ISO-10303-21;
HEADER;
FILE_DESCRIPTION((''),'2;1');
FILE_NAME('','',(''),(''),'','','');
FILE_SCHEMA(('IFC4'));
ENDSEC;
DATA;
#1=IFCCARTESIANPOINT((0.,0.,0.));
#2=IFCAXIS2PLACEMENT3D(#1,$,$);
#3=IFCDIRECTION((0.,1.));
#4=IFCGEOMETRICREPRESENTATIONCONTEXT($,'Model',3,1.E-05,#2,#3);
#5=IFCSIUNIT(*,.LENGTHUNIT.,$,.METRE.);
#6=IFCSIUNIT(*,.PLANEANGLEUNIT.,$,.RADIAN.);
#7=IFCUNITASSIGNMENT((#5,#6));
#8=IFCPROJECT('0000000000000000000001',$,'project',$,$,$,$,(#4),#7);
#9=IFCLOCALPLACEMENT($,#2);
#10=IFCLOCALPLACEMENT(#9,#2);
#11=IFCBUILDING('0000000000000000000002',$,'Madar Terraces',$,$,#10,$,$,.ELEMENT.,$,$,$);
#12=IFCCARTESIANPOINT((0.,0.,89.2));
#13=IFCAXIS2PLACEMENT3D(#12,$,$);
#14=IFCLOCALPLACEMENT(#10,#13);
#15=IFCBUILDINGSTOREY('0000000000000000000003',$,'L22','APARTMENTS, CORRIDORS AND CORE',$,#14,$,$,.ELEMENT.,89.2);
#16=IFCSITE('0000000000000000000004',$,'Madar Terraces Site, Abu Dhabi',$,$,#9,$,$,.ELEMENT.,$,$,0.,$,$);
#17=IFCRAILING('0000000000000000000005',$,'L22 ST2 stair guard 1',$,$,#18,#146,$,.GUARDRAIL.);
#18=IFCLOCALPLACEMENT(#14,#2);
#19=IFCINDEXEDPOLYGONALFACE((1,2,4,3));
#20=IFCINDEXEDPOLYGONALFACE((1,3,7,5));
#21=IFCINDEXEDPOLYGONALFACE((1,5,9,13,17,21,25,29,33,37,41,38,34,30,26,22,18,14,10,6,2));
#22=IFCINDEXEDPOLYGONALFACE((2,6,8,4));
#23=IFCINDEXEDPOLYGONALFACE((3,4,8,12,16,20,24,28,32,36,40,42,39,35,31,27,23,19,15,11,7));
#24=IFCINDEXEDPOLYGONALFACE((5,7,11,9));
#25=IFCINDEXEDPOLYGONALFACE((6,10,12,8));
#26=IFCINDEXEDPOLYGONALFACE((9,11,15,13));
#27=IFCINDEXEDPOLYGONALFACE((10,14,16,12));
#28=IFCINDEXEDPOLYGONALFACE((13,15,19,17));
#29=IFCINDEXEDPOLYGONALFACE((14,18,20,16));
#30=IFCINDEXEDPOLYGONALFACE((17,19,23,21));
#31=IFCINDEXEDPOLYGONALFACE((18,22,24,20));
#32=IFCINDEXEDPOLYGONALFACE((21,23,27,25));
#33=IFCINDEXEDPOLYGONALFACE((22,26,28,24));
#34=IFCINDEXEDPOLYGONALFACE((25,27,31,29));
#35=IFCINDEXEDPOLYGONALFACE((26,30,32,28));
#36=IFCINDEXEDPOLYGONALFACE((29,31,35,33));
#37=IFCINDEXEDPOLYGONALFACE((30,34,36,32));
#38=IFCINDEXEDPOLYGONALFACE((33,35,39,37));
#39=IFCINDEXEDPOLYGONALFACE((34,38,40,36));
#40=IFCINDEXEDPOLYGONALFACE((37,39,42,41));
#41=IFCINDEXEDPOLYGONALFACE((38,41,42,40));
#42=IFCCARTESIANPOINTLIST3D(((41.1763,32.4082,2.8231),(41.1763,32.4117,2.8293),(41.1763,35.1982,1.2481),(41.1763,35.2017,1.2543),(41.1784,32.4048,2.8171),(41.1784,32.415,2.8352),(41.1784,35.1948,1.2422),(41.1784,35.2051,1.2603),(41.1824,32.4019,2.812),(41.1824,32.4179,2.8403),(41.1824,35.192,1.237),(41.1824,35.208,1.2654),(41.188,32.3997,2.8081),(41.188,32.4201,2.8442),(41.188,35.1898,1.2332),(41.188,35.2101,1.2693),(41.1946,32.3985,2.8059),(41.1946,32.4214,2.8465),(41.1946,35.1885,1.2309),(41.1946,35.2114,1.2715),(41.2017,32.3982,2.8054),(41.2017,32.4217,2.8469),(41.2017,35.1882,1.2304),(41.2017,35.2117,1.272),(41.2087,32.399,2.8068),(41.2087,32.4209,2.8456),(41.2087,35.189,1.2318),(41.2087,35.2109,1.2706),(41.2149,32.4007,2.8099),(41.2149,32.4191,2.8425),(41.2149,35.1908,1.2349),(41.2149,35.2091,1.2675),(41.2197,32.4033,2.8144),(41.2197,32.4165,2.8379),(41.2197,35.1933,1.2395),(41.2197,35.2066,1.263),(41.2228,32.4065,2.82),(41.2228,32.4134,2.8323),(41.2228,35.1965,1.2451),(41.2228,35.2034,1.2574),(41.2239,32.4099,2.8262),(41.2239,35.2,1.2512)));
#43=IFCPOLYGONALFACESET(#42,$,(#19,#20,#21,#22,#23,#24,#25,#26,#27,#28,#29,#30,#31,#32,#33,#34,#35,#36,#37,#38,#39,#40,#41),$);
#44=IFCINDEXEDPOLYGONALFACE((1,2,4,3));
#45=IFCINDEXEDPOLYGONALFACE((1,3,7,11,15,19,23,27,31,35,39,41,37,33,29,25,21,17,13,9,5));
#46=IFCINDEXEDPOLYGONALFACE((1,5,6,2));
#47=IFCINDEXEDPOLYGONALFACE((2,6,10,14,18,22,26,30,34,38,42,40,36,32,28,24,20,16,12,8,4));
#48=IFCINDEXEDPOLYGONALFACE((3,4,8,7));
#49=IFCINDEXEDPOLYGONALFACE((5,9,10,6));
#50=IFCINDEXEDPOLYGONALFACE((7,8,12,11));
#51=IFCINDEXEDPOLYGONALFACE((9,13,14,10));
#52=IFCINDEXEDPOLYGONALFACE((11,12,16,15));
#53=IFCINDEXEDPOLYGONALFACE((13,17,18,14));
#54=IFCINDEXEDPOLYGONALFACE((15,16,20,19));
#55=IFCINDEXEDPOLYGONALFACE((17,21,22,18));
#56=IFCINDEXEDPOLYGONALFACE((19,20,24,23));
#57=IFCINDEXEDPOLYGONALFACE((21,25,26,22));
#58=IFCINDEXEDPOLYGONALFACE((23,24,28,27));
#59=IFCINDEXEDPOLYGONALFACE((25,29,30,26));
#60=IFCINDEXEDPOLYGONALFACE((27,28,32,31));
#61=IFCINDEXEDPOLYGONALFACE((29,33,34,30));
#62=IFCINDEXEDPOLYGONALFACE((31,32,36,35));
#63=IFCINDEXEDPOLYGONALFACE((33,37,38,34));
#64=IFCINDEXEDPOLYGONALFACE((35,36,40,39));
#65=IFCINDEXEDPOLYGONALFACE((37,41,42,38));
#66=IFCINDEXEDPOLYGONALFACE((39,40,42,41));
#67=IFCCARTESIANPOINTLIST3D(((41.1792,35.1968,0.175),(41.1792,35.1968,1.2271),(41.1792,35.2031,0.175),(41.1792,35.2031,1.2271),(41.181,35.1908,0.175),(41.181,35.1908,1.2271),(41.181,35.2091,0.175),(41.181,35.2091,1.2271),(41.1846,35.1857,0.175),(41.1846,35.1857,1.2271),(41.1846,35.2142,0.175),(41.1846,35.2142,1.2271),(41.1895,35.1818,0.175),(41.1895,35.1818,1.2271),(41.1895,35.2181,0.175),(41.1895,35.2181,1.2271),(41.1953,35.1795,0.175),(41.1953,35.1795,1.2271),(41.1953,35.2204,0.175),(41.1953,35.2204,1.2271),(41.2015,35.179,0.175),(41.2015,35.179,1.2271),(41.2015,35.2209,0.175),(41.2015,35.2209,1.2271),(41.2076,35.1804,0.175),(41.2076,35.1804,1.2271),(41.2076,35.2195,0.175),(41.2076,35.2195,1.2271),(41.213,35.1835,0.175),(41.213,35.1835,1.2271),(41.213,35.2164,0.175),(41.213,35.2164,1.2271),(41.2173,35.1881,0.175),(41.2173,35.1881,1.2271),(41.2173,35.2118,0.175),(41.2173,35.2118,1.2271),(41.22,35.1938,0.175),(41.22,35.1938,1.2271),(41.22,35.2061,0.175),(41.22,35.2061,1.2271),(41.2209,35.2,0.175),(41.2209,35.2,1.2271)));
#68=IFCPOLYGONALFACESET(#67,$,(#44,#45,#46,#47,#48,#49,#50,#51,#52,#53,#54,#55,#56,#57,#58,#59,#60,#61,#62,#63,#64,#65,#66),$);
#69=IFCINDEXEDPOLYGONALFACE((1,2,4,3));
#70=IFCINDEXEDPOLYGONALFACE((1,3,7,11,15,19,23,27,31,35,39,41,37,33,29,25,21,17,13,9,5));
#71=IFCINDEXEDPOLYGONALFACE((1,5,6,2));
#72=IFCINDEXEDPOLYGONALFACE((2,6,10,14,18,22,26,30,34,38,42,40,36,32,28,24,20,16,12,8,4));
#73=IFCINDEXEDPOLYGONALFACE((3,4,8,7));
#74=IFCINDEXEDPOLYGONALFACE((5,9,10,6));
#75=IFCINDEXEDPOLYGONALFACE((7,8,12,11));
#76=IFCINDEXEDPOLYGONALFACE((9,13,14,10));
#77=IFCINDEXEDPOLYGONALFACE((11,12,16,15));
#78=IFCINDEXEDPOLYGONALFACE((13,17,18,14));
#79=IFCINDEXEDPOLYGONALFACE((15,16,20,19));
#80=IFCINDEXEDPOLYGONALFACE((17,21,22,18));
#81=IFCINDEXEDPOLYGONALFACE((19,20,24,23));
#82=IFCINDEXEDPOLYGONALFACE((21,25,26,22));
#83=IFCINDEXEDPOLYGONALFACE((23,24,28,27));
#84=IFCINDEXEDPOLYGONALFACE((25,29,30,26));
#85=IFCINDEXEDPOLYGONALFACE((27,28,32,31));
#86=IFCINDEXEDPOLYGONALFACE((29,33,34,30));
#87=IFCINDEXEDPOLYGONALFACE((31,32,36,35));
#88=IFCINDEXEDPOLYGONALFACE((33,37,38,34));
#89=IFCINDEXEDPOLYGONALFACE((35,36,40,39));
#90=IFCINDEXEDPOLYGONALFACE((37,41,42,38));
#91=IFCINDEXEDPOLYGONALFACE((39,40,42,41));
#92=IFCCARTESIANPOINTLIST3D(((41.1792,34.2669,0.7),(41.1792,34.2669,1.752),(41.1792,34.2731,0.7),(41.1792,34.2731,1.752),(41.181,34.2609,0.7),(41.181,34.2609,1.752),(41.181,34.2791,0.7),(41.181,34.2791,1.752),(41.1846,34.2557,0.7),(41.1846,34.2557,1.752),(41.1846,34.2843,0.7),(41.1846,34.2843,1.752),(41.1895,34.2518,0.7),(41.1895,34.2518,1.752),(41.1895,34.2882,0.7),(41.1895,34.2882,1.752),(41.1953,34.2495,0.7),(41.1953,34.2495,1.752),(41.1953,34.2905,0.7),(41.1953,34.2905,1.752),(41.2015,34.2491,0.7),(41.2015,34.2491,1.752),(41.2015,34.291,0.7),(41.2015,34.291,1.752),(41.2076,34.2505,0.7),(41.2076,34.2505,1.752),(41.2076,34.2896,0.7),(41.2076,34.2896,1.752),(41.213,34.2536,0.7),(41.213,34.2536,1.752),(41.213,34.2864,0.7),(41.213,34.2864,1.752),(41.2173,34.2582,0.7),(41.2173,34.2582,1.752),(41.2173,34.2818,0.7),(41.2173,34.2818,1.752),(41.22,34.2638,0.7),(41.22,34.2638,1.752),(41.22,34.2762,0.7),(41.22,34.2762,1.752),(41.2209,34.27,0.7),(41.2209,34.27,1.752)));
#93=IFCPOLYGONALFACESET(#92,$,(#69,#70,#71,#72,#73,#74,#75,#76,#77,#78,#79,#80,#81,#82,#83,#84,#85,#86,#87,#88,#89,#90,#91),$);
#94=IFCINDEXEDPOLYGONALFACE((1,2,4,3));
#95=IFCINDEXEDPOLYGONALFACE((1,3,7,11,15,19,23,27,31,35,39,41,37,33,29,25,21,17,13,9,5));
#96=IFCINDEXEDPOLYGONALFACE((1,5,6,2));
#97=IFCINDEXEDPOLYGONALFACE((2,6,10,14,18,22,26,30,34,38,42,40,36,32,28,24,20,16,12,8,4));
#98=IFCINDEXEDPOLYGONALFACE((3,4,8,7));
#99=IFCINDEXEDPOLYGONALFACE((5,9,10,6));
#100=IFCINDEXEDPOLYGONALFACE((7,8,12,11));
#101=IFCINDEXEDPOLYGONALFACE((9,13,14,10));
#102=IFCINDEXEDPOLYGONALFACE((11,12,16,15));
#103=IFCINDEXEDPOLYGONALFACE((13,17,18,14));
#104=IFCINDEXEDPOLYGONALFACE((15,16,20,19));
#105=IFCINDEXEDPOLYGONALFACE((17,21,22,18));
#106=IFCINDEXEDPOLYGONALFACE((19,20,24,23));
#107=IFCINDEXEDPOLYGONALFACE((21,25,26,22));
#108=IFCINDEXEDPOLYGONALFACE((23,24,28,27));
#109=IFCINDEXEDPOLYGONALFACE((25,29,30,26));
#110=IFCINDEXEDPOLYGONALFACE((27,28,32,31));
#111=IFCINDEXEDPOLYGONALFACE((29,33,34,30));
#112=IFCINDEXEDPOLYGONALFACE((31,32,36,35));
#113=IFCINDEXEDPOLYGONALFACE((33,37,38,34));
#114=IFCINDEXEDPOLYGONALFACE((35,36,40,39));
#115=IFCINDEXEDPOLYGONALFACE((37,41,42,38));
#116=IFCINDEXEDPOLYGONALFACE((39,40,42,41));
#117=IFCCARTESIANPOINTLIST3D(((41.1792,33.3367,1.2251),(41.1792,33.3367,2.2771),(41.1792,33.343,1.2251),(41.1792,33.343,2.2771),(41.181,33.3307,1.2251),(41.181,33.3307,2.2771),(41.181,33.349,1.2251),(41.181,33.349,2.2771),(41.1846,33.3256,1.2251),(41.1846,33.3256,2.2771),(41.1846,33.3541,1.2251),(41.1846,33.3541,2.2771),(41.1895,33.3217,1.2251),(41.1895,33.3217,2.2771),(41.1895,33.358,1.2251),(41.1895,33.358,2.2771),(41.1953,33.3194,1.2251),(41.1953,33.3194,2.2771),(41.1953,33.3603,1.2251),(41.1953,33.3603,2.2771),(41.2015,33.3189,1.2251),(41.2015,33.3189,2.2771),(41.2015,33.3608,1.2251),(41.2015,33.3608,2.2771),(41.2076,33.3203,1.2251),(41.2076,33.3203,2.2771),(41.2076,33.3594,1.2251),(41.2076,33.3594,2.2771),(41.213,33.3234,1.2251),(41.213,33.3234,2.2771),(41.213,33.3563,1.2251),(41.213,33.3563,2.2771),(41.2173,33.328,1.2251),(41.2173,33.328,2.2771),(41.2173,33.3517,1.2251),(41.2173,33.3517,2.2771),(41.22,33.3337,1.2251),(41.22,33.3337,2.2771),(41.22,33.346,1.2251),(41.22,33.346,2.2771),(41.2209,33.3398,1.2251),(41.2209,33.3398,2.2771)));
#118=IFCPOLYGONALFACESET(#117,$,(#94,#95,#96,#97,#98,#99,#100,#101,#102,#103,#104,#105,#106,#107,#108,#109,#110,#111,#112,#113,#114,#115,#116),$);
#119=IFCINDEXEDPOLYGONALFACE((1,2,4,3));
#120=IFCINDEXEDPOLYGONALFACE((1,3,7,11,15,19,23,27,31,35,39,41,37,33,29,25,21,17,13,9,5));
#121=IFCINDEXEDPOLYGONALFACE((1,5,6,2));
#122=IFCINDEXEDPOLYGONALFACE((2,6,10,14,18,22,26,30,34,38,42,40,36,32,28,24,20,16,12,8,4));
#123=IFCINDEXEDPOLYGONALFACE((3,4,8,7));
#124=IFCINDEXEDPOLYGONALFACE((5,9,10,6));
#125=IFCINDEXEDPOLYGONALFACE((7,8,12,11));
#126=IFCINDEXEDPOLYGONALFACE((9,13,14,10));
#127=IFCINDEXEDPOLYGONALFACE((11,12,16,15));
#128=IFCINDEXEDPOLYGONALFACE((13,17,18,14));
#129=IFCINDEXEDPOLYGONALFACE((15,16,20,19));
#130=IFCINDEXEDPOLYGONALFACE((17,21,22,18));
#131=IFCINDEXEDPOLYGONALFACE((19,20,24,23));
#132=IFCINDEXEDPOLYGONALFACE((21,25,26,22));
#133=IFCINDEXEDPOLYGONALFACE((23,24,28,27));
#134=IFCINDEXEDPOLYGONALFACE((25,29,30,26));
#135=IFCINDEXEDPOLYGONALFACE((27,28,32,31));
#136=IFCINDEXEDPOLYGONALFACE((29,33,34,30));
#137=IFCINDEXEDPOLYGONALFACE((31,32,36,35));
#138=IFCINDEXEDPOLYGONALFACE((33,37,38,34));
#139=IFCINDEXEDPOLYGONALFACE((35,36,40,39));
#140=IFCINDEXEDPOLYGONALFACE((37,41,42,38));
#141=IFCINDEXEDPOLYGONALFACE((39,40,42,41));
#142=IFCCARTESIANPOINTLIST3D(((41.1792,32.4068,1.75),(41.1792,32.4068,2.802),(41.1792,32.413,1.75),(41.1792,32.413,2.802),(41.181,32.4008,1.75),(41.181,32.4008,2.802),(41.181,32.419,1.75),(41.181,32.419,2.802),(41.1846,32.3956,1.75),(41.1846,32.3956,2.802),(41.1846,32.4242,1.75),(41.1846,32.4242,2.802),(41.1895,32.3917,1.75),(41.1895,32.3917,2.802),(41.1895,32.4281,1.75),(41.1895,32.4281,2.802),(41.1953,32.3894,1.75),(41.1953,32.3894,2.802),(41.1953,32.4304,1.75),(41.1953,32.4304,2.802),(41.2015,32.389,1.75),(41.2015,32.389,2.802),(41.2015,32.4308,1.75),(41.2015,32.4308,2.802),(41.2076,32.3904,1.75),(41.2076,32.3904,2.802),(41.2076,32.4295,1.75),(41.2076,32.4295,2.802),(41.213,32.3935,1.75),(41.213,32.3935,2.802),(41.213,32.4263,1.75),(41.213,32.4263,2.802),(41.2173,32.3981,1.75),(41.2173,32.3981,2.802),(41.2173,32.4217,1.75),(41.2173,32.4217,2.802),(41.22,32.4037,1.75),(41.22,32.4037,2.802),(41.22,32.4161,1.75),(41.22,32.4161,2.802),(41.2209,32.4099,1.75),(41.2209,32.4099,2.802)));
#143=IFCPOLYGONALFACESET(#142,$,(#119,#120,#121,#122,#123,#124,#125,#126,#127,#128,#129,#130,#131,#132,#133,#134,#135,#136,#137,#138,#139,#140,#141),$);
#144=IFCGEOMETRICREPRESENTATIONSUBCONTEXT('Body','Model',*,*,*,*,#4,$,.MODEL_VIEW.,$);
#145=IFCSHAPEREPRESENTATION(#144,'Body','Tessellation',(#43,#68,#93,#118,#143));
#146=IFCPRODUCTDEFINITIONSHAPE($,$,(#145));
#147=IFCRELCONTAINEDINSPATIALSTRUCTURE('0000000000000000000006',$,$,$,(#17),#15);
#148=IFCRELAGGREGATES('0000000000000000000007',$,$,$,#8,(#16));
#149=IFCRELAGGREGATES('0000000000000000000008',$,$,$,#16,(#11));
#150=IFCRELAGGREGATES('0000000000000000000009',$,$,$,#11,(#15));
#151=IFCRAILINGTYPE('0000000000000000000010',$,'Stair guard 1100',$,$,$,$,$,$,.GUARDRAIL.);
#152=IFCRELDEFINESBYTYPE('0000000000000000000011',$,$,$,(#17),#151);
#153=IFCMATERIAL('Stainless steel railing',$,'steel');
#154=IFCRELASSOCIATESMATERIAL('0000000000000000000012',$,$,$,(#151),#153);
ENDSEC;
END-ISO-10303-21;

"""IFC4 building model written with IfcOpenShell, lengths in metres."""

from ifc_helpers import new_model, si_unit, direction, frame, origin, origin_2d, place, context, subcontext, project, spatial, circle, extrude, material, type_object, element, save


model = new_model("IFC4")

# Units and contexts
model_context = context("Model", 3, precision=1e-05, world=origin(), true_north=direction((0.0, 1.0)))
body_context = subcontext(model_context, "Body", "Model", "MODEL_VIEW")
ifc_project = project(units=[si_unit("LENGTHUNIT", "METRE"), si_unit("PLANEANGLEUNIT", "RADIAN")], contexts=[model_context])

# Site, building, storey
site_placement = place(None, origin())
site = spatial("IfcSite", under=ifc_project, at=site_placement, Name="Madar Terraces Site, Abu Dhabi", CompositionType="ELEMENT", RefElevation=0.0)
building_placement = place(site_placement, origin())
building = spatial("IfcBuilding", under=site, at=building_placement, Name="Madar Terraces", CompositionType="ELEMENT")
storey_placement = place(building_placement, frame((0.0, 0.0, 89.2)))
storey = spatial("IfcBuildingStorey", under=building, at=storey_placement, Name="L22", Description="APARTMENTS, CORRIDORS AND CORE", CompositionType="ELEMENT", Elevation=89.2)

# Railing
ifc_material_1 = material(Name="Stainless steel railing", Category="steel")
railing_type_1 = type_object("IfcRailingType", Name="Stair guard 1100", PredefinedType="GUARDRAIL", material=ifc_material_1)
railing_1_placement = place(storey_placement, frame((41.2, 35.2, 0.175)))
element("IfcRailing", 1, at=railing_1_placement, inside=storey, type_object=railing_type_1, Name="L22 ST2 stair guard 1", PredefinedType="GUARDRAIL", context=body_context, shape_type="SweptSolid", body=[
    extrude(circle(Radius=0.0239, at=origin_2d()), frame((0.0, 0.0, 1.0762), z_axis=(0.0, -0.870834, 0.491578), x_axis=(1.0, 0.0, 0.0)), (0.0, 0.0, 1.0), 3.2039),
    extrude(circle(Radius=0.021, at=origin_2d()), origin(), (0.0, 0.0, 1.0), 1.052),
    extrude(circle(Radius=0.021, at=origin_2d()), frame((0.0, -0.9299, 0.5249)), (0.0, 0.0, 1.0), 1.052),
    extrude(circle(Radius=0.021, at=origin_2d()), frame((0.0, -1.8601, 1.05)), (0.0, 0.0, 1.0), 1.052),
    extrude(circle(Radius=0.021, at=origin_2d()), frame((0.0, -2.79, 1.575)), (0.0, 0.0, 1.0), 1.052),
])

save(model, "model.ifc")
